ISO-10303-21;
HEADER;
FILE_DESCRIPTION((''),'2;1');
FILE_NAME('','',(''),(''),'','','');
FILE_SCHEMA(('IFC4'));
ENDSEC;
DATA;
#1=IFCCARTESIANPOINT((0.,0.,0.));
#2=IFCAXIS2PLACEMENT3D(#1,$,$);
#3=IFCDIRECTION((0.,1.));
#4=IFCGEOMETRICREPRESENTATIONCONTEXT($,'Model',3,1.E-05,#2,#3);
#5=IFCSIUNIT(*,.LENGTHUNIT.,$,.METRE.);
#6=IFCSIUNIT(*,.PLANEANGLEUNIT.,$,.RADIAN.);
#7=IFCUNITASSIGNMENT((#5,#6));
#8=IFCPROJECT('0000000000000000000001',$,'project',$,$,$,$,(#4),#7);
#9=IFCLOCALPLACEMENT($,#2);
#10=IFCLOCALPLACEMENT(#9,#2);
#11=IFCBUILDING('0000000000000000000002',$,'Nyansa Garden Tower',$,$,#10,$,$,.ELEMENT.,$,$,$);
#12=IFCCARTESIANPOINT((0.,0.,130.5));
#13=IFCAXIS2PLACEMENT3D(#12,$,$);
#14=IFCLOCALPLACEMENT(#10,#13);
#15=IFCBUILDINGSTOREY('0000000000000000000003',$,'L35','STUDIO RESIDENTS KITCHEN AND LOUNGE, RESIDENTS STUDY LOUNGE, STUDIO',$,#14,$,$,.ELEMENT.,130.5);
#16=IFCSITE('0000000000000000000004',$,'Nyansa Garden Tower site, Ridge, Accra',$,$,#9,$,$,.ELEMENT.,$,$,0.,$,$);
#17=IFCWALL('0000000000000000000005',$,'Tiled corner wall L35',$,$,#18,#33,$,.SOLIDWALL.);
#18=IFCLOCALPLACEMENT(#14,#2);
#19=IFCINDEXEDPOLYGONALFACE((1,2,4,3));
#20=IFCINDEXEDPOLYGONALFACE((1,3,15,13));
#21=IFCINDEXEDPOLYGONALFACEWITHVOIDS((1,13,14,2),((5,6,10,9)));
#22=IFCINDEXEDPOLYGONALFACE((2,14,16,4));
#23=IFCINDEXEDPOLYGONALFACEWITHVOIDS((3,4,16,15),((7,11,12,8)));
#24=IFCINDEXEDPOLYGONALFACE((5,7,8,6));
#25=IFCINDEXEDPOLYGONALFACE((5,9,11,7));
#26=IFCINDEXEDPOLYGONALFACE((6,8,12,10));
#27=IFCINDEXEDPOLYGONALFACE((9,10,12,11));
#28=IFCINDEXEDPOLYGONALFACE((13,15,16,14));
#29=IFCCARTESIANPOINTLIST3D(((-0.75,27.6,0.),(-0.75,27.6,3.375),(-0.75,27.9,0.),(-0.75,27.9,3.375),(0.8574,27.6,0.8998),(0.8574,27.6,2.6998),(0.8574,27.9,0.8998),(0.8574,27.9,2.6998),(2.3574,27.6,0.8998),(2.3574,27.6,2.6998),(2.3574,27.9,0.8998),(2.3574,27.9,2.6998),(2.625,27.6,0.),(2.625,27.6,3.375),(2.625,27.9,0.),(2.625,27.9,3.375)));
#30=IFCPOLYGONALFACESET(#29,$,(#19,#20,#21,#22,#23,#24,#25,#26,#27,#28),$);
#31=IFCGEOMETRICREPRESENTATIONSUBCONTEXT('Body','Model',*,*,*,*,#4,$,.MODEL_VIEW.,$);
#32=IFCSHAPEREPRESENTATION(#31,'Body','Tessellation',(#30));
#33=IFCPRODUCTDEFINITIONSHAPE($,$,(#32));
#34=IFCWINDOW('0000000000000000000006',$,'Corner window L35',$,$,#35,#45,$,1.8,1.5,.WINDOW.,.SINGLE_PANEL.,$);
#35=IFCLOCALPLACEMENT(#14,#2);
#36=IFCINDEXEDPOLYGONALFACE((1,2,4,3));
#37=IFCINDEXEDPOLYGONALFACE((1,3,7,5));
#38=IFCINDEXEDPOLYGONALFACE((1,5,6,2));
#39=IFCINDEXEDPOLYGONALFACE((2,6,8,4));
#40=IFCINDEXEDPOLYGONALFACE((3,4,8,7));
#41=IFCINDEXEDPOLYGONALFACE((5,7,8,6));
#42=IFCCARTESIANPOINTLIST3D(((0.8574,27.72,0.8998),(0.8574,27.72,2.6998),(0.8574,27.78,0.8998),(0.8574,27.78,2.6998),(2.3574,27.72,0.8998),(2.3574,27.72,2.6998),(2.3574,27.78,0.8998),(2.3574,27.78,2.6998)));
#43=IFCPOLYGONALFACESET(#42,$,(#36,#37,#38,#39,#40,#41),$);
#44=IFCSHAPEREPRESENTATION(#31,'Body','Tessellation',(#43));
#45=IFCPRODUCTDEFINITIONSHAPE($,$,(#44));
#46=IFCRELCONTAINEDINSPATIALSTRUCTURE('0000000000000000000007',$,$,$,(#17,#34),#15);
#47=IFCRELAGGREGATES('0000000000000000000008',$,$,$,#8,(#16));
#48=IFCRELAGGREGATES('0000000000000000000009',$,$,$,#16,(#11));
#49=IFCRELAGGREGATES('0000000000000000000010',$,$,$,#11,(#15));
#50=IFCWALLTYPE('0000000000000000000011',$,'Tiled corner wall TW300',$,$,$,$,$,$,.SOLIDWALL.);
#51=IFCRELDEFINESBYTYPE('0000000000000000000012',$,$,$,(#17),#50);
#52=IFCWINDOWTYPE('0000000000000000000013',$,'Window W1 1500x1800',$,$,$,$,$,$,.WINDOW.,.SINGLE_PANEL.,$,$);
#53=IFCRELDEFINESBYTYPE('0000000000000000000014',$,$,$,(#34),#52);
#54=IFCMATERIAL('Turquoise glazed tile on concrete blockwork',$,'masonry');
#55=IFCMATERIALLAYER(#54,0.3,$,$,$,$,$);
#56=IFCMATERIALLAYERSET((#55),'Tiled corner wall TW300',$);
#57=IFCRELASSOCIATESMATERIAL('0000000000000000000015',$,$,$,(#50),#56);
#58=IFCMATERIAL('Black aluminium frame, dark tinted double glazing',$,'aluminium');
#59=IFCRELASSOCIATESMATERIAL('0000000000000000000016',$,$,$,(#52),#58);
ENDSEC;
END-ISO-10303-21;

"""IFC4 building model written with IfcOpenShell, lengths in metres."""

from ifc_helpers import new_model, si_unit, direction, frame, frame_2d, origin, place, context, subcontext, project, spatial, rectangle, extrude, material, layer, layer_set, type_object, element, fill, save


model = new_model("IFC4")

# Units and contexts
model_context = context("Model", 3, precision=1e-05, world=origin(), true_north=direction((0.0, 1.0)))
body_context = subcontext(model_context, "Body", "Model", "MODEL_VIEW")
ifc_project = project(units=[si_unit("LENGTHUNIT", "METRE"), si_unit("PLANEANGLEUNIT", "RADIAN")], contexts=[model_context])

# Site, building, storey
site_placement = place(None, origin())
site = spatial("IfcSite", under=ifc_project, at=site_placement, Name="Nyansa Garden Tower site, Ridge, Accra", CompositionType="ELEMENT", RefElevation=0.0)
building_placement = place(site_placement, origin())
building = spatial("IfcBuilding", under=site, at=building_placement, Name="Nyansa Garden Tower", CompositionType="ELEMENT")
storey_placement = place(building_placement, frame((0.0, 0.0, 130.5)))
storey = spatial("IfcBuildingStorey", under=building, at=storey_placement, Name="L35", Description="STUDIO RESIDENTS KITCHEN AND LOUNGE, RESIDENTS STUDY LOUNGE, STUDIO", CompositionType="ELEMENT", Elevation=130.5)

# Wall, opening, window
ifc_material_1 = material(Name="Turquoise glazed tile on concrete blockwork", Category="masonry")
ifc_layer_1 = layer(ifc_material_1, 0.3)
ifc_layer_set_1 = layer_set([ifc_layer_1], Name="Tiled corner wall TW300")
wall_type_1 = type_object("IfcWallType", Name="Tiled corner wall TW300", PredefinedType="SOLIDWALL", material=ifc_layer_set_1)
ifc_material_2 = material(Name="Black aluminium frame, dark tinted double glazing", Category="aluminium")
window_type_1 = type_object("IfcWindowType", Name="Window W1 1500x1800", PartitioningType="SINGLE_PANEL", PredefinedType="WINDOW", material=ifc_material_2)
wall_1_placement = place(storey_placement, frame((2.625, 27.75, 0.0), z_axis=(0.0, 0.0, 1.0), x_axis=(-1.0, 0.0, 0.0)))
wall_1 = element("IfcWall", 1, at=wall_1_placement, inside=storey, type_object=wall_type_1, Name="Tiled corner wall L35", PredefinedType="SOLIDWALL", context=body_context, shape_type="SweptSolid", body=[
    extrude(rectangle(XDim=3.375, YDim=0.3, at=frame_2d((1.6875, 0.0))), origin(), (0.0, 0.0, 1.0), 3.375),
])
opening_1_placement = place(wall_1_placement, frame((0.2676, 0.0, 0.8999)))
opening_1 = element("IfcOpeningElement", 2, at=opening_1_placement, cuts=wall_1, PredefinedType="OPENING", context=body_context, shape_type="SweptSolid", body=[
    extrude(rectangle(XDim=1.5, YDim=1.8, at=frame_2d((0.75, 0.8999))), frame((0.0, 0.1599, 0.0), z_axis=(0.0, -1.0, 0.0), x_axis=(1.0, 0.0, 0.0)), (0.0, 0.0, 1.0), 0.3201),
])
window_1_placement = place(opening_1_placement, origin())
window_1 = element("IfcWindow", 3, at=window_1_placement, inside=storey, type_object=window_type_1, Name="Corner window L35", OverallHeight=1.8, OverallWidth=1.5, PartitioningType="SINGLE_PANEL", PredefinedType="WINDOW", context=body_context, shape_type="SweptSolid", body=[
    extrude(rectangle(XDim=1.5, YDim=1.8, at=frame_2d((0.75, 0.8999))), frame((0.0, 0.03, 0.0), z_axis=(0.0, -1.0, 0.0), x_axis=(1.0, 0.0, 0.0)), (0.0, 0.0, 1.0), 0.0601),
])
fill(opening_1, window_1)

save(model, "model.ifc")
